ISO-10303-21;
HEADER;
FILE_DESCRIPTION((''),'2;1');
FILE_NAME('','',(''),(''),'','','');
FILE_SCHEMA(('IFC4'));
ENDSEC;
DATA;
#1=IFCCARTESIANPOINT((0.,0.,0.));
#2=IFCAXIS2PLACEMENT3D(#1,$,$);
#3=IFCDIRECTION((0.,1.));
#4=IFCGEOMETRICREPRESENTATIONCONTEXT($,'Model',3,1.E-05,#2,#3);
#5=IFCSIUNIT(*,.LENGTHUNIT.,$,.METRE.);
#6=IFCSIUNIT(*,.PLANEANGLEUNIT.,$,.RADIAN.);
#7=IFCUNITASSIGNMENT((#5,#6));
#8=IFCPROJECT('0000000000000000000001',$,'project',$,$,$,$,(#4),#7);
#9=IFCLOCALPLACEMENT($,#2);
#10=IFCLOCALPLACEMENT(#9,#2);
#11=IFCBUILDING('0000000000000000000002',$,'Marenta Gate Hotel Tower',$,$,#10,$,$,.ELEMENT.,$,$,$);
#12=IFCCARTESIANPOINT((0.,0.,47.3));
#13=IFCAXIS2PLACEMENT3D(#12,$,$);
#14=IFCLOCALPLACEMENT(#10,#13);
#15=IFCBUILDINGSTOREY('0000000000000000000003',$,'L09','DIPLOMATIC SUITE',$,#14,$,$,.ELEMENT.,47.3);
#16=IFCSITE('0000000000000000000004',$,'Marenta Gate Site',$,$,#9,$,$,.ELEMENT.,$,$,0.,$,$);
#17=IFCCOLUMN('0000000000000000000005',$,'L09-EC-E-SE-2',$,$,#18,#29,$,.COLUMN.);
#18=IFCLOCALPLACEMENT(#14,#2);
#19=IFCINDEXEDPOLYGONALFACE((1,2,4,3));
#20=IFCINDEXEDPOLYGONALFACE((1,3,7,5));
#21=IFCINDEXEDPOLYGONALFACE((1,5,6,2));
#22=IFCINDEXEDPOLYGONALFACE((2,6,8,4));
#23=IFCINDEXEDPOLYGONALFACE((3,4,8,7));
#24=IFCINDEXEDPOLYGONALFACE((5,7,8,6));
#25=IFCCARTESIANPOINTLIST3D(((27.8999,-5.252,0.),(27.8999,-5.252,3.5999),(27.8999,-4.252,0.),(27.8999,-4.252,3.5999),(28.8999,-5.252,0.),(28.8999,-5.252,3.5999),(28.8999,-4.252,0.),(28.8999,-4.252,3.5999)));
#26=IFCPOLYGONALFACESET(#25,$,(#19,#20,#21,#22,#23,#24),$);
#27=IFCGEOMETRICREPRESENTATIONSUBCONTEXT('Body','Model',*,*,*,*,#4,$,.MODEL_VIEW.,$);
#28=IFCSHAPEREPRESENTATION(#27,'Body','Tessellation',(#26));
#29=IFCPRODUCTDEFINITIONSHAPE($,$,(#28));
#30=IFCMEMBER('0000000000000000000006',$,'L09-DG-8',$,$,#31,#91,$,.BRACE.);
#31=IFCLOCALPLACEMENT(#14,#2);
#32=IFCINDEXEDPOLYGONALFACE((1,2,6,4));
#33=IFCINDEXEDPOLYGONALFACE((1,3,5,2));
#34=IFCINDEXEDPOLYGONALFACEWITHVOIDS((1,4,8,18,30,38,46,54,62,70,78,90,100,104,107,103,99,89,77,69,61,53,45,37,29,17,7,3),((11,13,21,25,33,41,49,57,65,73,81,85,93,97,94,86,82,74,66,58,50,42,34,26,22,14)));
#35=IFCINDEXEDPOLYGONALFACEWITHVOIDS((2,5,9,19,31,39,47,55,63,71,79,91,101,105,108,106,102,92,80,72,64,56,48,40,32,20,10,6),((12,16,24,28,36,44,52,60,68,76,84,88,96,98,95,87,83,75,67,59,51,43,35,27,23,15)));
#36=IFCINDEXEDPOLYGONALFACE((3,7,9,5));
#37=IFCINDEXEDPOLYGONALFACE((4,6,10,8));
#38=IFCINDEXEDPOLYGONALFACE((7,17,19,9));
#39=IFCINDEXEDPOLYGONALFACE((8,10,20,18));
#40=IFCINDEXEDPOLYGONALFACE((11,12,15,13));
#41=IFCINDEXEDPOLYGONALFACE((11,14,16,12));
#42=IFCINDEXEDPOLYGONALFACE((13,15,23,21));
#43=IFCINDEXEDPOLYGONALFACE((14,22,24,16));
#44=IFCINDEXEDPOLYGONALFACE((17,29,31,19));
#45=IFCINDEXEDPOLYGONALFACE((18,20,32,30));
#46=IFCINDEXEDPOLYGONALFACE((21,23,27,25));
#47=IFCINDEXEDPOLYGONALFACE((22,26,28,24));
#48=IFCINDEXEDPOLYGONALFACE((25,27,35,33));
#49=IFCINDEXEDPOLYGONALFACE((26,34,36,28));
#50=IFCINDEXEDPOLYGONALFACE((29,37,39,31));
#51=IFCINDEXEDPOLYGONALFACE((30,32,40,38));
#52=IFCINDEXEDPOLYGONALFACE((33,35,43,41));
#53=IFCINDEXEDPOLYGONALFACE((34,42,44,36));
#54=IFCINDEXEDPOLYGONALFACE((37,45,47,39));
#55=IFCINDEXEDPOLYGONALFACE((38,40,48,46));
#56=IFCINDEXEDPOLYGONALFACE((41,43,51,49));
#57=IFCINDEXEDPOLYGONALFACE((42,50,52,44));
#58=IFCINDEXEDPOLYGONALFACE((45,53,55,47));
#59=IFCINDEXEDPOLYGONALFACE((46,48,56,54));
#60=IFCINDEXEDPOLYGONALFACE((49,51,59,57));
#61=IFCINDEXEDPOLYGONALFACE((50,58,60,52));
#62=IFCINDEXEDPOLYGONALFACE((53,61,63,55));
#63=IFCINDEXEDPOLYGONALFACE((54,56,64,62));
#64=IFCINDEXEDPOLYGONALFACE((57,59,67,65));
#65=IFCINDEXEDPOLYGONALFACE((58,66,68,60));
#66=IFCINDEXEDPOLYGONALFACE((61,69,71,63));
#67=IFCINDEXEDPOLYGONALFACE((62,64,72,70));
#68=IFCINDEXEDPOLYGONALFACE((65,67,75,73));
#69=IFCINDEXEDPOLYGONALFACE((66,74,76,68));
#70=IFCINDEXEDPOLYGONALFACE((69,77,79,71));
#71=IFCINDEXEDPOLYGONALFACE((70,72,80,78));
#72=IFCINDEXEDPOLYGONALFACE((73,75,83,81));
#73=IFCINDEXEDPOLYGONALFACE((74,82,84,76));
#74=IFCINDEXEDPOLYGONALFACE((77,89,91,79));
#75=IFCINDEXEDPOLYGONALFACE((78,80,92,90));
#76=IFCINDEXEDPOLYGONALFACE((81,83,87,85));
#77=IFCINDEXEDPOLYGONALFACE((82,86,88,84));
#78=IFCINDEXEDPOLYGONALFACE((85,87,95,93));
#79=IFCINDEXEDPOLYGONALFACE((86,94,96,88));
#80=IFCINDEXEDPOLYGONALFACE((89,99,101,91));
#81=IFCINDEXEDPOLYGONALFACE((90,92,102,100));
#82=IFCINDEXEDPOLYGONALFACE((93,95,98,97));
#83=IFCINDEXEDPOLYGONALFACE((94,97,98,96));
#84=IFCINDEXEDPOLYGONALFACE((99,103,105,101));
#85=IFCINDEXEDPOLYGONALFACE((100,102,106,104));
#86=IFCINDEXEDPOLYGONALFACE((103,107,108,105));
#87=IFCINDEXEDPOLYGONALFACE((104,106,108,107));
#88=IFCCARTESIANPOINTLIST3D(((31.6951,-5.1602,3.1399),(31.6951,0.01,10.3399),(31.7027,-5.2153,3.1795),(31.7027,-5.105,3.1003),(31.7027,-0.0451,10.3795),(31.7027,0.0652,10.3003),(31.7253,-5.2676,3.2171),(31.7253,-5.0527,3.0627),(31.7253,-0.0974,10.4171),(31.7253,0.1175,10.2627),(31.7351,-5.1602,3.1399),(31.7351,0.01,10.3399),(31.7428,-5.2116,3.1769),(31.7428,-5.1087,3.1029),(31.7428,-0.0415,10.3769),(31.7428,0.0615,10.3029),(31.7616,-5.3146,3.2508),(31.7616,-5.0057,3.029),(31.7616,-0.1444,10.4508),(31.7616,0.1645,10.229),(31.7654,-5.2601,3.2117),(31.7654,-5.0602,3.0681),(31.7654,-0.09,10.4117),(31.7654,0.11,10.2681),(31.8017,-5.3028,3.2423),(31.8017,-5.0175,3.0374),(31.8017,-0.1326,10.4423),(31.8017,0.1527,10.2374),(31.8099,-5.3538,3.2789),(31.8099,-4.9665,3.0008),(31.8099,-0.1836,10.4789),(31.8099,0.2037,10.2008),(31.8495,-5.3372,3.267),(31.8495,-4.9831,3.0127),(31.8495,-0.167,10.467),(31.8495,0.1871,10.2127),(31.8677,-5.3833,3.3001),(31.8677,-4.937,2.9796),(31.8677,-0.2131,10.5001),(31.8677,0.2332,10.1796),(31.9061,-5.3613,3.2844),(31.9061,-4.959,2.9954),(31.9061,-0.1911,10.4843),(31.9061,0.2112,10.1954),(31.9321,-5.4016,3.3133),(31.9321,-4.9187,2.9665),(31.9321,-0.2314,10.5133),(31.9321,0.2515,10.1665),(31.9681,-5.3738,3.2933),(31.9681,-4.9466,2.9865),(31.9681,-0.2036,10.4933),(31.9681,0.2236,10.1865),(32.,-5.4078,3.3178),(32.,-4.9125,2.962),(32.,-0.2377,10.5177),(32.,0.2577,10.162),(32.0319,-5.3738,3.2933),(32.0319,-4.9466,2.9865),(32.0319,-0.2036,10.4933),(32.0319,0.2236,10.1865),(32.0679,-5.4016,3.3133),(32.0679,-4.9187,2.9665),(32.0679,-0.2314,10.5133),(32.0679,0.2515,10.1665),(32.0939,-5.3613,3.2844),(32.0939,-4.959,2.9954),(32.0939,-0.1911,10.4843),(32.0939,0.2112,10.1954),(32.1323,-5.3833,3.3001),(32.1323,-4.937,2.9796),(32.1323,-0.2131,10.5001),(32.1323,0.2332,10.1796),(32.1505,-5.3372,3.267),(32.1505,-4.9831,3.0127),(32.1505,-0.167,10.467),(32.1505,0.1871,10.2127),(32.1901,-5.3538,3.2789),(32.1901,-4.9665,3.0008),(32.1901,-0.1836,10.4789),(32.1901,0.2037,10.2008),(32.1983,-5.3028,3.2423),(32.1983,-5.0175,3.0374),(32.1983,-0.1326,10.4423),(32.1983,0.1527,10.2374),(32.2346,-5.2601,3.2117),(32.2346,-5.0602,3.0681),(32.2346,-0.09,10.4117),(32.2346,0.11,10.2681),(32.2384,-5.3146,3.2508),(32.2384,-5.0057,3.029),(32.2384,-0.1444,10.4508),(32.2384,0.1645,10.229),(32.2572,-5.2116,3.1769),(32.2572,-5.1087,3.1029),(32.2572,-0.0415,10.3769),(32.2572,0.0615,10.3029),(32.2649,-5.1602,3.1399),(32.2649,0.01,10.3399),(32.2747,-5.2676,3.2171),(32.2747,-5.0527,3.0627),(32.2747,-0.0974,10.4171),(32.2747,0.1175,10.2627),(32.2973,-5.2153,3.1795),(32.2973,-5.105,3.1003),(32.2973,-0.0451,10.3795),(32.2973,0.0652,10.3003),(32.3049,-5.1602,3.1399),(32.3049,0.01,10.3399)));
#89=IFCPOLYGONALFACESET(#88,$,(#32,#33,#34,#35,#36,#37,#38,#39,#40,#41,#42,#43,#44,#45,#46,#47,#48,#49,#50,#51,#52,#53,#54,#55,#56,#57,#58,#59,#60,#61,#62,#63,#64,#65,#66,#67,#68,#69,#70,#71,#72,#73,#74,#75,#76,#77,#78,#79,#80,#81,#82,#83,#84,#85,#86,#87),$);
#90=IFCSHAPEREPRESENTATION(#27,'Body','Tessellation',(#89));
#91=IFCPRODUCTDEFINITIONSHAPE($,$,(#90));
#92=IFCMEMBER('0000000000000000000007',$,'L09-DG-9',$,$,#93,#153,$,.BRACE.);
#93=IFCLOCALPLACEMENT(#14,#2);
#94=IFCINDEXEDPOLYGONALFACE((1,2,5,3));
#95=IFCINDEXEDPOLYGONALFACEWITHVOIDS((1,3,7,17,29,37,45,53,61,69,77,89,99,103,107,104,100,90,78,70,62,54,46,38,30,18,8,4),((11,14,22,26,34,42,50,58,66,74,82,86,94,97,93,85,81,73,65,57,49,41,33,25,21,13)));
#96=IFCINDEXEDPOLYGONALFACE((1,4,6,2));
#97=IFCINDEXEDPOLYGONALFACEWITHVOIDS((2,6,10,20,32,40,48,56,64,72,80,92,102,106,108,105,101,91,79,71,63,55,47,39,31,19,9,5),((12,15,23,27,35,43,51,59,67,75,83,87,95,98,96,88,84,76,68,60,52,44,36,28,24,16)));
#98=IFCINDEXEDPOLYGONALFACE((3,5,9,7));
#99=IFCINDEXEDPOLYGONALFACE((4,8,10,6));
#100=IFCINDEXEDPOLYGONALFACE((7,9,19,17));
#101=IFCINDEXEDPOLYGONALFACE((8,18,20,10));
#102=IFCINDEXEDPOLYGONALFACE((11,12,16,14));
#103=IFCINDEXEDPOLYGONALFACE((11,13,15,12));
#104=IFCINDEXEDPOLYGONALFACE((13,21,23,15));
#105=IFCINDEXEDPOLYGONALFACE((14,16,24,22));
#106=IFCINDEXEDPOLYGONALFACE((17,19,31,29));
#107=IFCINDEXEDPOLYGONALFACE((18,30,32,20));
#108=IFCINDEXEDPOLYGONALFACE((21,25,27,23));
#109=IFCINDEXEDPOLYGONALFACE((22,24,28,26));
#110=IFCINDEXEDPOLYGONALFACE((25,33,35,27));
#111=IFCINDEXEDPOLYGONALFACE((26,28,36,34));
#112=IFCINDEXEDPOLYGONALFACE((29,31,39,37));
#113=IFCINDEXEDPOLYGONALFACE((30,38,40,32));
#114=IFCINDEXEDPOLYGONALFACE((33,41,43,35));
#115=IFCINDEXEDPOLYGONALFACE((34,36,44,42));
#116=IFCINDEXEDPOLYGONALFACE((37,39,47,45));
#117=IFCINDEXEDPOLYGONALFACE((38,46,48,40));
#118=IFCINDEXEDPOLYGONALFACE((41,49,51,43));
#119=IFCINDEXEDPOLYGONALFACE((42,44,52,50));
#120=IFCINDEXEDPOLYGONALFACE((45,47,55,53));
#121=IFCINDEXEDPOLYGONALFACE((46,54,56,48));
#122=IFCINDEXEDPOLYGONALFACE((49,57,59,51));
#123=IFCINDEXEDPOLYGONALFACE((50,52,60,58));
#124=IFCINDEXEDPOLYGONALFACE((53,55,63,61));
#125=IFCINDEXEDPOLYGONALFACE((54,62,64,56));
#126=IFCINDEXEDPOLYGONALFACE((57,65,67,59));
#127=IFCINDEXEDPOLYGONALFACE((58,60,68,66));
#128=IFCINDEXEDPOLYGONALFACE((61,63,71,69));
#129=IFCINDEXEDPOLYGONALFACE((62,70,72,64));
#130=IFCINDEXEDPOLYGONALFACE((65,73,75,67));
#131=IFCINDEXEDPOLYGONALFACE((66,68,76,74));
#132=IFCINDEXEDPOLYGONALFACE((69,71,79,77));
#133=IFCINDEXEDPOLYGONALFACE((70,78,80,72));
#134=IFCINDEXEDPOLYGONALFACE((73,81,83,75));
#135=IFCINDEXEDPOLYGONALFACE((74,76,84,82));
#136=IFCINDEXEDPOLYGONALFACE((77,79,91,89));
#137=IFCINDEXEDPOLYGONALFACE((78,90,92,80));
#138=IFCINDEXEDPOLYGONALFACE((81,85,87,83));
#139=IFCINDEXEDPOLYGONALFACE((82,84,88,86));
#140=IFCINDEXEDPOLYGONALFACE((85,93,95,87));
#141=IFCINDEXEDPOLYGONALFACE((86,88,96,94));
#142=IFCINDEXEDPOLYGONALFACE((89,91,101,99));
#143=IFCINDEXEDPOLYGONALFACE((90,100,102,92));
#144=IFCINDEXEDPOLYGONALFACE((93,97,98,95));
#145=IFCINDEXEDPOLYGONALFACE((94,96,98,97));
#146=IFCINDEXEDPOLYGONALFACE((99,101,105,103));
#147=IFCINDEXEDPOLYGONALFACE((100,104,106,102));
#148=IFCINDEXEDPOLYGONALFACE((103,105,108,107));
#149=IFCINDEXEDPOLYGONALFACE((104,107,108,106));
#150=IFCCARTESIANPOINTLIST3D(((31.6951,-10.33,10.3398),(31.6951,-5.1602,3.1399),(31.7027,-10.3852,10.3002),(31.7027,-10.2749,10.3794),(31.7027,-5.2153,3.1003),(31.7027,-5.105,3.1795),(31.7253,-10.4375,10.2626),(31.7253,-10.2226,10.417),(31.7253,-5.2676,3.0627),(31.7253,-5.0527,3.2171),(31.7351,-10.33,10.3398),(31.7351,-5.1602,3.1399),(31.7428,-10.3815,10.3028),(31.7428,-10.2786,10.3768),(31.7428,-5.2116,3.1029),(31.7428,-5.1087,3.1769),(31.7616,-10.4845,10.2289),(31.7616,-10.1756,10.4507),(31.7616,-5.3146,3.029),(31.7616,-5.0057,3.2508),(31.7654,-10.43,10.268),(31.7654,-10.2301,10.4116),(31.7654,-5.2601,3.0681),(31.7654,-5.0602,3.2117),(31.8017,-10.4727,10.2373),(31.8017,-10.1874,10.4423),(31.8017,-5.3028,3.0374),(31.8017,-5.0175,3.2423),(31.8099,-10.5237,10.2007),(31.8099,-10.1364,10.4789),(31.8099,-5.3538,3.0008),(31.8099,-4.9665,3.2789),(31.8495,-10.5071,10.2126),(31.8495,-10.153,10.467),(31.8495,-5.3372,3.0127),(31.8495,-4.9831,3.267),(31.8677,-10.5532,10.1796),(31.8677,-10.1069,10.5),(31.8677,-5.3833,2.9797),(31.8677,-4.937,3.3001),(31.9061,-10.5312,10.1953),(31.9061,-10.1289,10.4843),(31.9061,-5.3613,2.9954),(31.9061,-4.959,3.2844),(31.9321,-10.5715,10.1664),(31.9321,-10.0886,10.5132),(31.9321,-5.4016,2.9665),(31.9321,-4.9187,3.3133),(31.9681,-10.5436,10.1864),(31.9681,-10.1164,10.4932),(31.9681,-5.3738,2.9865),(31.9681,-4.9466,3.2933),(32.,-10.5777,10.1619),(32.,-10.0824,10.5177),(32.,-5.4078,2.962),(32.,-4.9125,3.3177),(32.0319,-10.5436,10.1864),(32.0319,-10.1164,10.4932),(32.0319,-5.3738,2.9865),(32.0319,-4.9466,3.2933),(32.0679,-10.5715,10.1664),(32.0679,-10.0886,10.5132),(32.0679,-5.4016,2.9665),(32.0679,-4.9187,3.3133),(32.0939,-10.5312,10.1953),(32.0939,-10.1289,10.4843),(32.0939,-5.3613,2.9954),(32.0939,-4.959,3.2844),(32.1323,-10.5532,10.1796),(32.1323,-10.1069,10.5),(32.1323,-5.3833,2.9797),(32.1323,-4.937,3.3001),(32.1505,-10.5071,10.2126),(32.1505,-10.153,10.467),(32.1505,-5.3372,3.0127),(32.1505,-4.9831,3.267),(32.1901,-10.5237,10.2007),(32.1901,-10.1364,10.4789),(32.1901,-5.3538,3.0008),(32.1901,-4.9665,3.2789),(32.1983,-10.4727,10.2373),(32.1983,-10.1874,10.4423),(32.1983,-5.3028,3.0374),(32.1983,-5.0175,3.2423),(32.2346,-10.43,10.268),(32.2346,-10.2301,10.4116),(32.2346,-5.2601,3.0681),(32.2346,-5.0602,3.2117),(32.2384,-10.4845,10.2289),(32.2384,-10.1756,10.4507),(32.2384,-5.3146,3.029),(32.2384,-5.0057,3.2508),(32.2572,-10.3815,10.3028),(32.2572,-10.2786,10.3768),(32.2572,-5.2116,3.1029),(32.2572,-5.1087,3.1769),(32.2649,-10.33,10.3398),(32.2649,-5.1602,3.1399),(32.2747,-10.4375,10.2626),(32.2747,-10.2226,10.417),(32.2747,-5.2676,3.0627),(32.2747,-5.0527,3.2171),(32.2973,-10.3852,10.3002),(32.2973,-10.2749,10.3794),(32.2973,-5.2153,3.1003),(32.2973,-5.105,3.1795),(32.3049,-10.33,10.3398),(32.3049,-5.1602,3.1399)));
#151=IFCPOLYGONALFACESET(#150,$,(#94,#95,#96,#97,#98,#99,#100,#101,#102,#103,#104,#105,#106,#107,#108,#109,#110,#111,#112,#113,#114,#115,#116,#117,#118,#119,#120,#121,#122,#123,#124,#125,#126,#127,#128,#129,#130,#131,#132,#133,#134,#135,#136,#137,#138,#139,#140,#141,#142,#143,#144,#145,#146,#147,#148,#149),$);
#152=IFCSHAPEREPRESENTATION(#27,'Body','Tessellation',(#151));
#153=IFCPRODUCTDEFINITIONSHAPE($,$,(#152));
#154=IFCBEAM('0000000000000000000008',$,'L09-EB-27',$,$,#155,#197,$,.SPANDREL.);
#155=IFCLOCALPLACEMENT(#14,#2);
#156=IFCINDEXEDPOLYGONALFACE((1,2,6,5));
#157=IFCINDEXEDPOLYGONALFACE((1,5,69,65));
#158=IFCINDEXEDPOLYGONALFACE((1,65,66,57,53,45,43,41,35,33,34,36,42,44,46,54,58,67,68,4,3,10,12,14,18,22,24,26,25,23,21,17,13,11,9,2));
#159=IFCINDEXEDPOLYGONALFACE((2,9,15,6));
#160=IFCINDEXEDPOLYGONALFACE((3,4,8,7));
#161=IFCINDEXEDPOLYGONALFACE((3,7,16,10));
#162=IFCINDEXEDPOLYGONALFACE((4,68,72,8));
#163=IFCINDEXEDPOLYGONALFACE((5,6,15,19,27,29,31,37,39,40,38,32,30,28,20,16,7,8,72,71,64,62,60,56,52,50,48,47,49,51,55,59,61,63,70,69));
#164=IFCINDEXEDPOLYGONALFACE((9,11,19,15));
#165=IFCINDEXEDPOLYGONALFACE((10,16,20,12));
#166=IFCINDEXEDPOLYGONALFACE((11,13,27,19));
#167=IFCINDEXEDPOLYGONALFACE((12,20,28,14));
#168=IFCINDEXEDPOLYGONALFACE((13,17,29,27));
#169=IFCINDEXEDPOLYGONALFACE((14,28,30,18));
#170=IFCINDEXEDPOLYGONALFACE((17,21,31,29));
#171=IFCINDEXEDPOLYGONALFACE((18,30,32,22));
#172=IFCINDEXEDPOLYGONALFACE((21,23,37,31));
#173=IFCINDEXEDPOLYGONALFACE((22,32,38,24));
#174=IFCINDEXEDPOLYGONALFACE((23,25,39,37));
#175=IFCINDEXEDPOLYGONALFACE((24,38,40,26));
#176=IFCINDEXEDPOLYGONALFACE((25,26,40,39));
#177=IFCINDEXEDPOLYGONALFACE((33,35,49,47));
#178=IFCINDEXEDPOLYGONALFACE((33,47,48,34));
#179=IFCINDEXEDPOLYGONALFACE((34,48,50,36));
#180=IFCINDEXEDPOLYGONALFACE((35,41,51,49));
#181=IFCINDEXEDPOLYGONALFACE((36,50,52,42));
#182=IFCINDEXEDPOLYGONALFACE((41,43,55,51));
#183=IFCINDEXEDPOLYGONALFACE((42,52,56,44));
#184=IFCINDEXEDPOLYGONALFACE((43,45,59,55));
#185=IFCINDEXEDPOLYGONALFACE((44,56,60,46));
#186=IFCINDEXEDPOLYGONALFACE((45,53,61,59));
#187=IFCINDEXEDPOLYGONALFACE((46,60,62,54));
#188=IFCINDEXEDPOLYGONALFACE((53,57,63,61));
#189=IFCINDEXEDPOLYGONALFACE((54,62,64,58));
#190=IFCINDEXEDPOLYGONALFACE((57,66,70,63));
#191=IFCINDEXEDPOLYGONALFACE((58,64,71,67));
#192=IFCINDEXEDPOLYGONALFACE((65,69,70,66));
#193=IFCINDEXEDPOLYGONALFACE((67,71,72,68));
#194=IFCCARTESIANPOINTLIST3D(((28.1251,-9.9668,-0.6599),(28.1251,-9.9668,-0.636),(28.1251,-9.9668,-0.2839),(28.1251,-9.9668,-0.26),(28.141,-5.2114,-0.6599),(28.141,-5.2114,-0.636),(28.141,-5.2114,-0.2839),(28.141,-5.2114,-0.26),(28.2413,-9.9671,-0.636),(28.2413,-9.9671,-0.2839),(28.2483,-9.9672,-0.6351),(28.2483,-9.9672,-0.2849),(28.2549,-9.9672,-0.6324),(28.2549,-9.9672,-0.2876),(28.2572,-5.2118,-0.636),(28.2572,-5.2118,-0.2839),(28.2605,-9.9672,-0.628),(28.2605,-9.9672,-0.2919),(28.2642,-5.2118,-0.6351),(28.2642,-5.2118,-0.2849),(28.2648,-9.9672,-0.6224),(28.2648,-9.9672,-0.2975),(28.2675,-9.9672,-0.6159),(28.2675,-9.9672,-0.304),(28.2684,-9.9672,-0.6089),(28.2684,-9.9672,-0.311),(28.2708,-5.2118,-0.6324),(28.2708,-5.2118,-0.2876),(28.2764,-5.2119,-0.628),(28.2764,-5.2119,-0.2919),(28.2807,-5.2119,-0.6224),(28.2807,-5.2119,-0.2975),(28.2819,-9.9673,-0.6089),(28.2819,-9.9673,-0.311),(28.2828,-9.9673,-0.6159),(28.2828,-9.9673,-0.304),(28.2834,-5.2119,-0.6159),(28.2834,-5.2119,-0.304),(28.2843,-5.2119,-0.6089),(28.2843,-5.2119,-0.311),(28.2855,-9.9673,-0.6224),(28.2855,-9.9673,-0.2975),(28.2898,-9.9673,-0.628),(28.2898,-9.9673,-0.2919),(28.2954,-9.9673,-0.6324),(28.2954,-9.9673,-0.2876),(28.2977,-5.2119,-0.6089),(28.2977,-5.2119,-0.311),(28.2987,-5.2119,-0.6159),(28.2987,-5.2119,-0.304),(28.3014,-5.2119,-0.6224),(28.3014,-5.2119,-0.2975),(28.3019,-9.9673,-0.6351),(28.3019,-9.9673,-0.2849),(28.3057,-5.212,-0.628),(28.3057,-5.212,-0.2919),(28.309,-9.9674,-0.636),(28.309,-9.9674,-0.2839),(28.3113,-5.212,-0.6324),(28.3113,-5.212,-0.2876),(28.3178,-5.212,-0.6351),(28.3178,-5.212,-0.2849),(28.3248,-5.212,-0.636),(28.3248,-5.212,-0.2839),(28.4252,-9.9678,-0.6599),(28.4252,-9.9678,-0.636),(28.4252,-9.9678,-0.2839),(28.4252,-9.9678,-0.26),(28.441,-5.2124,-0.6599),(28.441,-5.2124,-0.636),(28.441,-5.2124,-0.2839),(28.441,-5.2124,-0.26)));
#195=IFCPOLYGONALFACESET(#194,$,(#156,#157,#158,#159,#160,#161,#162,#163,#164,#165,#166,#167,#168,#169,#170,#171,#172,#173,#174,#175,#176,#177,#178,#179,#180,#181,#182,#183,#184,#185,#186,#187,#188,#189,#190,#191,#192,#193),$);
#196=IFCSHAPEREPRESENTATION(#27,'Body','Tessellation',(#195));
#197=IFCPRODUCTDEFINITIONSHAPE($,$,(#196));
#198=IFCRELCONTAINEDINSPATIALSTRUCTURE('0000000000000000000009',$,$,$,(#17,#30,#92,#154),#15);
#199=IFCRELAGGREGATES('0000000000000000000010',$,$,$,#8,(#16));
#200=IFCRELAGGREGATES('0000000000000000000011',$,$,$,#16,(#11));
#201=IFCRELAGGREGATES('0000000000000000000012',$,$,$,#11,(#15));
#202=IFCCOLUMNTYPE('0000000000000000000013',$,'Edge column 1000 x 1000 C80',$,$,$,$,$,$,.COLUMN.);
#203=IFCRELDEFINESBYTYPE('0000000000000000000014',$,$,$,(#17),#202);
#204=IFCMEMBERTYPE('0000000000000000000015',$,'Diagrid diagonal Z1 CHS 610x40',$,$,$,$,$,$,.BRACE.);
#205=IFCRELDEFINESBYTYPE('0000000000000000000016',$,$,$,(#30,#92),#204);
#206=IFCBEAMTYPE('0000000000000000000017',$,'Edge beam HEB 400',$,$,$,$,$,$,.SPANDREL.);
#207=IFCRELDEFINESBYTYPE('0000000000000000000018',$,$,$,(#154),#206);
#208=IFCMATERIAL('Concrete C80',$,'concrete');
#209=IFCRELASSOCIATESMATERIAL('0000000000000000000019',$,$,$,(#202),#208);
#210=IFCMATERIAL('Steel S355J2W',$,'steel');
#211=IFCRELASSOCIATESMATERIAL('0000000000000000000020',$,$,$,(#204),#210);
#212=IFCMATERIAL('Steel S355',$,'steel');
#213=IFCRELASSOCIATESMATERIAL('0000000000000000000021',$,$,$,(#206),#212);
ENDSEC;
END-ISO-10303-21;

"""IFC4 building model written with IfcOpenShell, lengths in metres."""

from ifc_helpers import new_model, si_unit, direction, frame, origin, origin_2d, place, context, subcontext, project, spatial, rectangle, hollow_circle, i_section, extrude, material, material_profile, profile_set, type_object, element, save


model = new_model("IFC4")

# Units and contexts
model_context = context("Model", 3, precision=1e-05, world=origin(), true_north=direction((0.0, 1.0)))
body_context = subcontext(model_context, "Body", "Model", "MODEL_VIEW")
ifc_project = project(units=[si_unit("LENGTHUNIT", "METRE"), si_unit("PLANEANGLEUNIT", "RADIAN")], contexts=[model_context])

# Site, building, storey
site_placement = place(None, origin())
site = spatial("IfcSite", under=ifc_project, at=site_placement, Name="Marenta Gate Site", CompositionType="ELEMENT", RefElevation=0.0)
building_placement = place(site_placement, origin())
building = spatial("IfcBuilding", under=site, at=building_placement, Name="Marenta Gate Hotel Tower", CompositionType="ELEMENT")
storey_placement = place(building_placement, frame((0.0, 0.0, 47.3)))
storey = spatial("IfcBuildingStorey", under=building, at=storey_placement, Name="L09", Description="DIPLOMATIC SUITE", CompositionType="ELEMENT", Elevation=47.3)

# Column
ifc_material_1 = material(Name="Concrete C80", Category="concrete")
ifc_material_profile_1 = material_profile(ifc_material_1, rectangle(XDim=1.0, YDim=1.0, at=origin_2d()), Name="1000 x 1000")
ifc_profile_set_1 = profile_set([ifc_material_profile_1], Name="Concrete C80")
column_type = type_object("IfcColumnType", Name="Edge column 1000 x 1000 C80", PredefinedType="COLUMN", material=ifc_profile_set_1)
column_placement = place(storey_placement, frame((28.3999, -4.752, 0.0), z_axis=(0.0, 0.0, 1.0), x_axis=(1.0, 0.0, 0.0)))
element("IfcColumn", 1, at=column_placement, inside=storey, type_object=column_type, Name="L09-EC-E-SE-2", PredefinedType="COLUMN", context=body_context, shape_type="SweptSolid", body=[
    extrude(rectangle(XDim=1.0, YDim=1.0, at=origin_2d()), origin(), (0.0, 0.0, 1.0), 3.5999),
])

# Members
ifc_material_2 = material(Name="Steel S355J2W", Category="steel")
ifc_material_profile_2 = material_profile(ifc_material_2, hollow_circle(Radius=0.3049, WallThickness=0.04, at=origin_2d()), Name="CHS 610x40")
ifc_profile_set_2 = profile_set([ifc_material_profile_2], Name="Steel S355J2W")
member_type_1 = type_object("IfcMemberType", Name="Diagrid diagonal Z1 CHS 610x40", PredefinedType="BRACE", material=ifc_profile_set_2)
member_1_placement = place(storey_placement, frame((32.0, -5.1602, 3.1399), z_axis=(0.0, 0.583279, 0.812272), x_axis=(-1.0, 0.0, 0.0)))
element("IfcMember", 2, at=member_1_placement, inside=storey, type_object=member_type_1, Name="L09-DG-8", PredefinedType="BRACE", context=body_context, shape_type="SweptSolid", body=[
    extrude(hollow_circle(Radius=0.3049, WallThickness=0.04, at=origin_2d()), origin(), (0.0, 0.0, 1.0), 8.864),
])
member_2_placement = place(storey_placement, frame((32.0, -5.1602, 3.1399), z_axis=(0.0, -0.583261, 0.812285), x_axis=(1.0, 0.0, 0.0)))
element("IfcMember", 3, at=member_2_placement, inside=storey, type_object=member_type_1, Name="L09-DG-9", PredefinedType="BRACE", context=body_context, shape_type="SweptSolid", body=[
    extrude(hollow_circle(Radius=0.3049, WallThickness=0.04, at=origin_2d()), origin(), (0.0, 0.0, 1.0), 8.8638),
])

# Beam
ifc_material_3 = material(Name="Steel S355", Category="steel")
ifc_material_profile_3 = material_profile(ifc_material_3, i_section(OverallWidth=0.3, OverallDepth=0.3999, WebThickness=0.0134, FlangeThickness=0.0239, FilletRadius=0.0271, at=origin_2d()), Name="HEB 400")
ifc_profile_set_3 = profile_set([ifc_material_profile_3], Name="Steel S355")
beam_type = type_object("IfcBeamType", Name="Edge beam HEB 400", PredefinedType="SPANDREL", material=ifc_profile_set_3)
beam_placement = place(storey_placement, frame((28.291, -5.2119, -0.46), z_axis=(-0.003337, -0.999994, 0.0), x_axis=(0.999994, -0.003337, 0.0)))
element("IfcBeam", 4, at=beam_placement, inside=storey, type_object=beam_type, Name="L09-EB-27", PredefinedType="SPANDREL", context=body_context, shape_type="SweptSolid", body=[
    extrude(i_section(OverallWidth=0.3, OverallDepth=0.3999, WebThickness=0.0134, FlangeThickness=0.0239, FilletRadius=0.0271, at=origin_2d()), origin(), (0.0, 0.0, 1.0), 4.7554),
])

save(model, "model.ifc")
